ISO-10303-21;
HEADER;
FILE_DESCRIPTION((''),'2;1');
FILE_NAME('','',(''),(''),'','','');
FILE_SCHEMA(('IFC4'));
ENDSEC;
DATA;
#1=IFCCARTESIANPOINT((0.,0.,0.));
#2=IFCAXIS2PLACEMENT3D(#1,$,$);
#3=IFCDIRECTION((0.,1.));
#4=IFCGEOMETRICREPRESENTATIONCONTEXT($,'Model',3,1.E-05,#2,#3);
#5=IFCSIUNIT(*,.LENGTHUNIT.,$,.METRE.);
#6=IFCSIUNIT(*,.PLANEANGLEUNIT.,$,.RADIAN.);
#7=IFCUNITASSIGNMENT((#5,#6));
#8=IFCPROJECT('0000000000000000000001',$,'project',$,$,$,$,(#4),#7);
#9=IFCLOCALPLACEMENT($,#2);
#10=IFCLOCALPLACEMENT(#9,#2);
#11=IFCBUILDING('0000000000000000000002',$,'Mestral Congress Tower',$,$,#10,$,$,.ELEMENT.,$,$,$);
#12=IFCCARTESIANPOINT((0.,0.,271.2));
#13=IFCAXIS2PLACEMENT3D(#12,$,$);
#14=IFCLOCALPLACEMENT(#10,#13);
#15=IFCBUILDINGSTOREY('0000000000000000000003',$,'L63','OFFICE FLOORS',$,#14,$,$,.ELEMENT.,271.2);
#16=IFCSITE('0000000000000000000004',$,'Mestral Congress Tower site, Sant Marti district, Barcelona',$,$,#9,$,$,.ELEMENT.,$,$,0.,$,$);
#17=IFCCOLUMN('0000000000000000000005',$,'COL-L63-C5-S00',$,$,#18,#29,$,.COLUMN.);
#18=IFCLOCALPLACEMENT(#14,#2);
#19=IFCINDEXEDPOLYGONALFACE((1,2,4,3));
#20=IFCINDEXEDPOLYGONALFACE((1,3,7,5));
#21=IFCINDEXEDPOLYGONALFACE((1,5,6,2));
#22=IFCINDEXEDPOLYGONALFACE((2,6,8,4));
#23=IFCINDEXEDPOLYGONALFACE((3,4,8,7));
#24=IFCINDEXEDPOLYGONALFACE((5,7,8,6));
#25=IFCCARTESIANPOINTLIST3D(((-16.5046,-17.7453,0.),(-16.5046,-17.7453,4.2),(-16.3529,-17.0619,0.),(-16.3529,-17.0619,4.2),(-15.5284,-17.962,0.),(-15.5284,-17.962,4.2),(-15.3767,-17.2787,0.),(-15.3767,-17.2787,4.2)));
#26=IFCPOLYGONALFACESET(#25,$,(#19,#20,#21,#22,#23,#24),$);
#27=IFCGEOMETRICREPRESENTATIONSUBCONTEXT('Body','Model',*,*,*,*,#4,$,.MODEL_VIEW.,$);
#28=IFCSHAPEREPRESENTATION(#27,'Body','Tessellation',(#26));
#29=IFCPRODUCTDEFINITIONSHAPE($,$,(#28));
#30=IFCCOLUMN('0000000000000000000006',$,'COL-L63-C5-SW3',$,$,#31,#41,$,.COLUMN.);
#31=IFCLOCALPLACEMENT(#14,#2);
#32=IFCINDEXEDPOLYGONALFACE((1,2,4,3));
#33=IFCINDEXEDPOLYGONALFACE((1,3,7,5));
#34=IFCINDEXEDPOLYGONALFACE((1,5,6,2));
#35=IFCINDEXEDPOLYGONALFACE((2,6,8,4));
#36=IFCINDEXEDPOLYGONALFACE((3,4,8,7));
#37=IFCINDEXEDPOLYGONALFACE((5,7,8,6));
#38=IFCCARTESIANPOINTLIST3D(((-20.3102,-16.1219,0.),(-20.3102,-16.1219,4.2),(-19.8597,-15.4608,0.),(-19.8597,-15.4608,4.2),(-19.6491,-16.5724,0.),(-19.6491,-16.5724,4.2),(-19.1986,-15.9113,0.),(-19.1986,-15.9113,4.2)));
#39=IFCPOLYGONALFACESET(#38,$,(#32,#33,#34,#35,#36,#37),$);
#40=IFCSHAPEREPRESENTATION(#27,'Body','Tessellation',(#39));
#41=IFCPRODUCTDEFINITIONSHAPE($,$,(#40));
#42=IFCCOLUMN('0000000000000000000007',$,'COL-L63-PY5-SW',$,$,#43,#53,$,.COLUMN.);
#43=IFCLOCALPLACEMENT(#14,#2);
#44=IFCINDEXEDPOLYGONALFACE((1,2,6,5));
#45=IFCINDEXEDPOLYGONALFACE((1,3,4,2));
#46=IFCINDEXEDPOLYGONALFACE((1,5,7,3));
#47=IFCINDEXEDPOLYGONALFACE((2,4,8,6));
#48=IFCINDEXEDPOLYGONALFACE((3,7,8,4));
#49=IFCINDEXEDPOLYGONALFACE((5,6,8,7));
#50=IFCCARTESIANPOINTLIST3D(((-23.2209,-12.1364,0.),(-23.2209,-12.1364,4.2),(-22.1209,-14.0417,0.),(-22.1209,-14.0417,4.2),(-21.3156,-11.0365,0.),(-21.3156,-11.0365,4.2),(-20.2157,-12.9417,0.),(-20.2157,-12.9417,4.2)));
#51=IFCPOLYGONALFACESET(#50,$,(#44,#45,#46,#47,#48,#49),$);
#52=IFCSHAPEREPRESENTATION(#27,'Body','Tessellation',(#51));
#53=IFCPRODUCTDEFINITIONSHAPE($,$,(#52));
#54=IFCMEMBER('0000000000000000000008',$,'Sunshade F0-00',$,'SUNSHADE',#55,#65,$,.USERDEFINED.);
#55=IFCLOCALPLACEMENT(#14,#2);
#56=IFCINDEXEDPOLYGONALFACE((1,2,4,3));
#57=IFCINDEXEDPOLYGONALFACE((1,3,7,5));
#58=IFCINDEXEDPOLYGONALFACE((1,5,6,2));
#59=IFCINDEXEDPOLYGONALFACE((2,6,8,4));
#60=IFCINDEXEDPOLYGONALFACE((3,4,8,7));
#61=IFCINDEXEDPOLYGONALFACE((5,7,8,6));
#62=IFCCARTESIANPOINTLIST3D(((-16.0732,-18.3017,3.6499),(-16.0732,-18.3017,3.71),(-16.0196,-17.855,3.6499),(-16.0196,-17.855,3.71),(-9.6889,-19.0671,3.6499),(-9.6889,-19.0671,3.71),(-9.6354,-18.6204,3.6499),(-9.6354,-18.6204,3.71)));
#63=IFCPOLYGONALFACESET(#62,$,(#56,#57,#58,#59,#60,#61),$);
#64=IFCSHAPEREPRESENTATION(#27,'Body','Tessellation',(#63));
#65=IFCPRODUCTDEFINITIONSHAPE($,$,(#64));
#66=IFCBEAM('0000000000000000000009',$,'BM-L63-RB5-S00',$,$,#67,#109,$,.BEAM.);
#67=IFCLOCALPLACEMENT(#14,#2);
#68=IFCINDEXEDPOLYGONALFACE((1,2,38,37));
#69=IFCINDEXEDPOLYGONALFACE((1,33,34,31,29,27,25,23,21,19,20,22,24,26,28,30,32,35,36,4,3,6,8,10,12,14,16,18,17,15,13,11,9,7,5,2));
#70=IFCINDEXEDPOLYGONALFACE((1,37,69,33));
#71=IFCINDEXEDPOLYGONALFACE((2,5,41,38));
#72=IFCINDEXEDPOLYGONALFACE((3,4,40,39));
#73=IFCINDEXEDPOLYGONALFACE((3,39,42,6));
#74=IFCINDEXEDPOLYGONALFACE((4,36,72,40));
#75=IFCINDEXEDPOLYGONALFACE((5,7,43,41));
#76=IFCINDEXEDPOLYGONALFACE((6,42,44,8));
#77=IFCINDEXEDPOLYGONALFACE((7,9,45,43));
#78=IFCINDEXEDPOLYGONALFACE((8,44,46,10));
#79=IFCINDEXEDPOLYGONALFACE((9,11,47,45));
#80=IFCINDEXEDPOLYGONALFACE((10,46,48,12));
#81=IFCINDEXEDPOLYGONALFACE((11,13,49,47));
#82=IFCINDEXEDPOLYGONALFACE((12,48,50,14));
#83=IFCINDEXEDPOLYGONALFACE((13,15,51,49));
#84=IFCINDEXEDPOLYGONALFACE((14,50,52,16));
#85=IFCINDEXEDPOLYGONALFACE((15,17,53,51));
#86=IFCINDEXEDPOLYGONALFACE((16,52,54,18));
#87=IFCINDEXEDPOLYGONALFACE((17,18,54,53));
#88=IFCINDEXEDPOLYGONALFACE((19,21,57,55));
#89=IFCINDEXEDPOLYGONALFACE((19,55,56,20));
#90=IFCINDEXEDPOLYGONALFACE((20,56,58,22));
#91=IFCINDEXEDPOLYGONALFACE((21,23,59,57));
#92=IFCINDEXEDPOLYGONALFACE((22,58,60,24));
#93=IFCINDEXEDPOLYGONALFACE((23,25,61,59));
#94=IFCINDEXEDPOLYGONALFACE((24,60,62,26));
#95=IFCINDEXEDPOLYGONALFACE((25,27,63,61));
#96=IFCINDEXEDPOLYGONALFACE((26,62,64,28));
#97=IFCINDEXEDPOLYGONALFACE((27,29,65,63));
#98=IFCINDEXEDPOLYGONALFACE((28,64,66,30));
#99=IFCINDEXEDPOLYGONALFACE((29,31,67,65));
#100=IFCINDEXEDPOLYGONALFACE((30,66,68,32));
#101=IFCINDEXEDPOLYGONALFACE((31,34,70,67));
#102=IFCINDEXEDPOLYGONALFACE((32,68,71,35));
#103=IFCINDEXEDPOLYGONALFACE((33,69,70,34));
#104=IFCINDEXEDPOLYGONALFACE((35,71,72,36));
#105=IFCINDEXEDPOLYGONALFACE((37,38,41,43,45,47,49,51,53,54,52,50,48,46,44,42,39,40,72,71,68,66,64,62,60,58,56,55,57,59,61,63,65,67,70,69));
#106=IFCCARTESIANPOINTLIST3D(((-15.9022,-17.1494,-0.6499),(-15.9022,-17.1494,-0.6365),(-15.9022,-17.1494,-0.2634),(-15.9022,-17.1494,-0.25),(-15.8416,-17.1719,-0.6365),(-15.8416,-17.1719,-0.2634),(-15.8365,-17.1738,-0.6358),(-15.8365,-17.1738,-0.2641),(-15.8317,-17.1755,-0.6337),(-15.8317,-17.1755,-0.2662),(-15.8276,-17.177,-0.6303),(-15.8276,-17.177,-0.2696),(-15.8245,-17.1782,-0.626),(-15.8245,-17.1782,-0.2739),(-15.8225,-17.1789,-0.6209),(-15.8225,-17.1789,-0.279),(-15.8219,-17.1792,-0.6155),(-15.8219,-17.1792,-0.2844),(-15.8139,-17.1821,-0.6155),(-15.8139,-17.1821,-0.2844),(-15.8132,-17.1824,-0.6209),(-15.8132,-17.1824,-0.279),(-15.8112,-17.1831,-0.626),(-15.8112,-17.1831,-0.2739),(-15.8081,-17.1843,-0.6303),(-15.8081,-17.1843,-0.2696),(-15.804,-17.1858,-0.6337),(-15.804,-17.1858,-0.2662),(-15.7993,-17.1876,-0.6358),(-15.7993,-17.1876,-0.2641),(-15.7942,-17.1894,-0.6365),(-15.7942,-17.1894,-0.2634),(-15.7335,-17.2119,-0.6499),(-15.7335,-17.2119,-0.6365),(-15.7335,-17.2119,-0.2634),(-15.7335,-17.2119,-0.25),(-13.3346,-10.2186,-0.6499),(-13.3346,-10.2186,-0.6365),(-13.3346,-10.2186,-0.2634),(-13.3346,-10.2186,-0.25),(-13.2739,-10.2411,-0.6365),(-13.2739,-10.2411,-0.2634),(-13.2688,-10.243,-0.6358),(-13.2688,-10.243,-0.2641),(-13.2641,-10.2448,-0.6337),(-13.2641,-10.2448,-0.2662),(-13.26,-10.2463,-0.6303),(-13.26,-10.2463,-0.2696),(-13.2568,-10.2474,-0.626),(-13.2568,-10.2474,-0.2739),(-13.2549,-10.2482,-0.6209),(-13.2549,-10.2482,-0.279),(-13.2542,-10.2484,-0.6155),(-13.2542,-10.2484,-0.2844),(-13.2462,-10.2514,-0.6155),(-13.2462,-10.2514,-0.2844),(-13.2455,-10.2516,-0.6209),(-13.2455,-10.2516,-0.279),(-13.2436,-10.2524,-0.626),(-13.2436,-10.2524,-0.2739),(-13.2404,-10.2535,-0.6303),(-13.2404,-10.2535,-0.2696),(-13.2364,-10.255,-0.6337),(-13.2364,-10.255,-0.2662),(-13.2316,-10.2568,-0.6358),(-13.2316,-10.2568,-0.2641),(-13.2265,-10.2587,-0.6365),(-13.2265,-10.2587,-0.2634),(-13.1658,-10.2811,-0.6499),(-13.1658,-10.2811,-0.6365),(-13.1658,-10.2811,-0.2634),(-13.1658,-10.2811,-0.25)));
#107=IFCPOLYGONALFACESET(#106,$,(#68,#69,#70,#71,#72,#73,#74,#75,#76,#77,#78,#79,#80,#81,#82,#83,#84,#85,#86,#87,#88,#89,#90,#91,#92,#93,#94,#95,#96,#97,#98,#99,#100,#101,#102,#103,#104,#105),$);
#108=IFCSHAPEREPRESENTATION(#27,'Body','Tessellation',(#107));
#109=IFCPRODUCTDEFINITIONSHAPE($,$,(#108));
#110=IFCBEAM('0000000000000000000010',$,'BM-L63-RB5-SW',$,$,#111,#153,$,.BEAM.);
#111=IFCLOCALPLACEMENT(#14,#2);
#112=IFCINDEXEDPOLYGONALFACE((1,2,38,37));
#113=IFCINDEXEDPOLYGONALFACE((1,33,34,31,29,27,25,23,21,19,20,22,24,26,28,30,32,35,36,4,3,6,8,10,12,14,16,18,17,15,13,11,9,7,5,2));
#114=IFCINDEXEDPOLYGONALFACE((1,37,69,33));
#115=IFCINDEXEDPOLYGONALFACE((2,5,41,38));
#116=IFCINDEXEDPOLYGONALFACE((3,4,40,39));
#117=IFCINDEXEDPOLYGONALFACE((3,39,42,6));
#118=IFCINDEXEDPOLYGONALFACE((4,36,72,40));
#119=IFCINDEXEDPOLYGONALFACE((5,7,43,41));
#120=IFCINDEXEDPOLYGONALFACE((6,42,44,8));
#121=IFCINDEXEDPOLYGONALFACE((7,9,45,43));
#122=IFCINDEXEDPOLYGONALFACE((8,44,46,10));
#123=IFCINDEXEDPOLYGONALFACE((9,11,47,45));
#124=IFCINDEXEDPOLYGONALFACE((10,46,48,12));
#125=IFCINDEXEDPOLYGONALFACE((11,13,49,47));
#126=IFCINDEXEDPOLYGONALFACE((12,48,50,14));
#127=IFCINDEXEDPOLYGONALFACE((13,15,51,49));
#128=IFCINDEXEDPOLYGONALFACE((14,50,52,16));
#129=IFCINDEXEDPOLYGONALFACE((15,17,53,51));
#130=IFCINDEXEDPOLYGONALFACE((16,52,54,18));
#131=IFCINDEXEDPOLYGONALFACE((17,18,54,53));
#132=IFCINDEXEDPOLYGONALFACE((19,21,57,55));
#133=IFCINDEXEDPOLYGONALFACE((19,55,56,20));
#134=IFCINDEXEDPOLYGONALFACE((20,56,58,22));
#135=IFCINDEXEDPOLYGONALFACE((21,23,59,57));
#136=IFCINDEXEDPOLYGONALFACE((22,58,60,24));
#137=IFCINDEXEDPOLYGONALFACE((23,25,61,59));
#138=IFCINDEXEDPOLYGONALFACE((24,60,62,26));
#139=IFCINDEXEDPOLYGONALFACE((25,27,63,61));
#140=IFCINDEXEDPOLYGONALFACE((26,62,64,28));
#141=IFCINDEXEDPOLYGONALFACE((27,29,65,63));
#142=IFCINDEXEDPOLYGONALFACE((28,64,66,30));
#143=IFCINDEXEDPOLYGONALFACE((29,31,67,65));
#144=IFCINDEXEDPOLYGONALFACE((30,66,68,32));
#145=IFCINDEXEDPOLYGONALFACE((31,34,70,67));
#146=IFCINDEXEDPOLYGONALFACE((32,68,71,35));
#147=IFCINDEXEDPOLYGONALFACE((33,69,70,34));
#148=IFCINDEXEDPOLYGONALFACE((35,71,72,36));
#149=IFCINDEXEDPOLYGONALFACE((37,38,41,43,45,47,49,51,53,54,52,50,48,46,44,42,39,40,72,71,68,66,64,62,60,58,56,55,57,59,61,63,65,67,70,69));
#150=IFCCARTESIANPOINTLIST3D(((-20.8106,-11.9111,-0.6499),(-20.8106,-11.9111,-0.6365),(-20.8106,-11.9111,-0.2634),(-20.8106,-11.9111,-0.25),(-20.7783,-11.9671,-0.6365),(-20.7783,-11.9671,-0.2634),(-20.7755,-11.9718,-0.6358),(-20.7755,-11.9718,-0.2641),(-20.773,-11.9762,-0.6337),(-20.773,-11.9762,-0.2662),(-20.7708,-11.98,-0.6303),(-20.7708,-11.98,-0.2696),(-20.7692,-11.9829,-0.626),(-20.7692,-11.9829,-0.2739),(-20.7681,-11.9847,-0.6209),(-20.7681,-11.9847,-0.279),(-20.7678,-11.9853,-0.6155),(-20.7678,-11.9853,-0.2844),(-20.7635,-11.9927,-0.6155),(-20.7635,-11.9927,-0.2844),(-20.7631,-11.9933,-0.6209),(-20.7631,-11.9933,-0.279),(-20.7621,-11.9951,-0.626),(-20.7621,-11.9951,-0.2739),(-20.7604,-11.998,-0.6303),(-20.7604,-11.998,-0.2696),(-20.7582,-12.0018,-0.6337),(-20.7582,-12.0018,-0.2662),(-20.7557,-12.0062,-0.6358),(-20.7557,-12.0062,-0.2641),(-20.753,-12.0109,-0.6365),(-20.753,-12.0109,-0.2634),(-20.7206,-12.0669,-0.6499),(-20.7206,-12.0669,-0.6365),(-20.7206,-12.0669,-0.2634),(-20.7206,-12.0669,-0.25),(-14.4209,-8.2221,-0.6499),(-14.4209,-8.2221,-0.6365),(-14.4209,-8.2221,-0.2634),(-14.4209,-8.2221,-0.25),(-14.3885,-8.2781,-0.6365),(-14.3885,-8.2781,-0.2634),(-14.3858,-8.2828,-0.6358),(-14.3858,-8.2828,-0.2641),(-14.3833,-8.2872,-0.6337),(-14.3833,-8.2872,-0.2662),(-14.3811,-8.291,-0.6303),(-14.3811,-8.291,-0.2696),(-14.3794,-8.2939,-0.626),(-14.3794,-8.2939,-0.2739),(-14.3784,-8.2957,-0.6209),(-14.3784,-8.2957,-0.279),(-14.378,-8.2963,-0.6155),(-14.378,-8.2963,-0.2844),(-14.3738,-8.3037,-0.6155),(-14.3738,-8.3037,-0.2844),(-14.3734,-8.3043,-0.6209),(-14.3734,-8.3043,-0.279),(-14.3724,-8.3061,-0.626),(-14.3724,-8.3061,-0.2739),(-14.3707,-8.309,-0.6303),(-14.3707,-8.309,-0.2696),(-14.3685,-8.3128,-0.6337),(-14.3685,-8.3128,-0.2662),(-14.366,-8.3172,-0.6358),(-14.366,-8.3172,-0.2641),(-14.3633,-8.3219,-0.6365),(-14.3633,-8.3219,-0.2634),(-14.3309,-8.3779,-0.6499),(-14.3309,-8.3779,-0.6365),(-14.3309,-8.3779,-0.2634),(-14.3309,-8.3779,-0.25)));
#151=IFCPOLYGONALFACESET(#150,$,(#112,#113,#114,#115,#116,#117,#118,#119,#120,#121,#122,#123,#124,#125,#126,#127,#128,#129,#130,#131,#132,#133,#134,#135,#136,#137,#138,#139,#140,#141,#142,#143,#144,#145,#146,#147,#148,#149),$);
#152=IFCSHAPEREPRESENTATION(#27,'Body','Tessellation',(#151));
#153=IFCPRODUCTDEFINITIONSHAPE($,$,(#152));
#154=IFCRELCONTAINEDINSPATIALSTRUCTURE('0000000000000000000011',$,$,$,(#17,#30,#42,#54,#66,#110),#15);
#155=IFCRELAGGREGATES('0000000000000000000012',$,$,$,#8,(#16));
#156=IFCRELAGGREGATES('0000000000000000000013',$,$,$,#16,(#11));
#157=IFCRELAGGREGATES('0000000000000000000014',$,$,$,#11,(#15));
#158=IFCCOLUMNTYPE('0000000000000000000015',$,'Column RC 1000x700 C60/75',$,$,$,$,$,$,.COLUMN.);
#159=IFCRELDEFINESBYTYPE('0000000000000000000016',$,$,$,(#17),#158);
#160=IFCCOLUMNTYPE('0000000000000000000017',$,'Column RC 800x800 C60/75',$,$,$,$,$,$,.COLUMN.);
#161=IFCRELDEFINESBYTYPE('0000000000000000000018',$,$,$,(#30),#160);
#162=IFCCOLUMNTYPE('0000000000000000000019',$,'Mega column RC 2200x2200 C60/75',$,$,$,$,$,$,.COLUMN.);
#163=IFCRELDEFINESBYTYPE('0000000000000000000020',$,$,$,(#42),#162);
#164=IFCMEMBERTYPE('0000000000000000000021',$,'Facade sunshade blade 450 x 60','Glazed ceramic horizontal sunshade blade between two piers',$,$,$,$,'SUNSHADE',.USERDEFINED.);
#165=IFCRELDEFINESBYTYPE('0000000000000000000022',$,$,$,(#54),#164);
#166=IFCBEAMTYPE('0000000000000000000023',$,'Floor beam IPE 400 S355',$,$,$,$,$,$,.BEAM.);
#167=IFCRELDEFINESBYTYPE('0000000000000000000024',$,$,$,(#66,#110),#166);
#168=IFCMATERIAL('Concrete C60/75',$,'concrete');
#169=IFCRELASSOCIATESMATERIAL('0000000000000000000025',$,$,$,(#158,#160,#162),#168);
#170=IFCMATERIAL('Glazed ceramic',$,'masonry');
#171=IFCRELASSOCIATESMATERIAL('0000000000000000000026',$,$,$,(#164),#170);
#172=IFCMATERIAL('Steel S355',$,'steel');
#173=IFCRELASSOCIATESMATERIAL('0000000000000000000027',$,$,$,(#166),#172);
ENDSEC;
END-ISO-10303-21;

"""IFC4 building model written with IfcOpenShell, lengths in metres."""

from ifc_helpers import new_model, si_unit, direction, frame, origin, origin_2d, place, context, subcontext, project, spatial, rectangle, i_section, extrude, material, material_profile, profile_set, type_object, element, save


model = new_model("IFC4")

# Units and contexts
model_context = context("Model", 3, precision=1e-05, world=origin(), true_north=direction((0.0, 1.0)))
body_context = subcontext(model_context, "Body", "Model", "MODEL_VIEW")
ifc_project = project(units=[si_unit("LENGTHUNIT", "METRE"), si_unit("PLANEANGLEUNIT", "RADIAN")], contexts=[model_context])

# Site, building, storey
site_placement = place(None, origin())
site = spatial("IfcSite", under=ifc_project, at=site_placement, Name="Mestral Congress Tower site, Sant Marti district, Barcelona", CompositionType="ELEMENT", RefElevation=0.0)
building_placement = place(site_placement, origin())
building = spatial("IfcBuilding", under=site, at=building_placement, Name="Mestral Congress Tower", CompositionType="ELEMENT")
storey_placement = place(building_placement, frame((0.0, 0.0, 271.2)))
storey = spatial("IfcBuildingStorey", under=building, at=storey_placement, Name="L63", Description="OFFICE FLOORS", CompositionType="ELEMENT", Elevation=271.2)

# Columns
ifc_material_1 = material(Name="Concrete C60/75", Category="concrete")
ifc_material_profile_1 = material_profile(ifc_material_1, rectangle(XDim=1.0, YDim=0.7, at=origin_2d()), Name="RC 1000x700")
ifc_profile_set_1 = profile_set([ifc_material_profile_1], Name="Concrete C60/75")
column_type_1 = type_object("IfcColumnType", Name="Column RC 1000x700 C60/75", PredefinedType="COLUMN", material=ifc_profile_set_1)
column_1_placement = place(storey_placement, frame((-15.9407, -17.512, 0.0), z_axis=(0.0, 0.0, 1.0), x_axis=(0.976234, -0.216721, 0.0)))
element("IfcColumn", 1, at=column_1_placement, inside=storey, type_object=column_type_1, Name="COL-L63-C5-S00", PredefinedType="COLUMN", context=body_context, shape_type="SweptSolid", body=[
    extrude(rectangle(XDim=1.0, YDim=0.7, at=origin_2d()), origin(), (0.0, 0.0, 1.0), 4.2),
])
ifc_material_profile_2 = material_profile(ifc_material_1, rectangle(XDim=0.8, YDim=0.8, at=origin_2d()), Name="RC 800x800")
ifc_profile_set_2 = profile_set([ifc_material_profile_2], Name="Concrete C60/75")
column_type_2 = type_object("IfcColumnType", Name="Column RC 800x800 C60/75", PredefinedType="COLUMN", material=ifc_profile_set_2)
column_2_placement = place(storey_placement, frame((-19.7544, -16.0166, 0.0), z_axis=(0.0, 0.0, 1.0), x_axis=(0.826363, -0.563138, 0.0)))
element("IfcColumn", 2, at=column_2_placement, inside=storey, type_object=column_type_2, Name="COL-L63-C5-SW3", PredefinedType="COLUMN", context=body_context, shape_type="SweptSolid", body=[
    extrude(rectangle(XDim=0.8, YDim=0.8, at=origin_2d()), origin(), (0.0, 0.0, 1.0), 4.2),
])
ifc_material_profile_3 = material_profile(ifc_material_1, rectangle(XDim=2.2, YDim=2.2, at=origin_2d()), Name="RC 2200x2200")
ifc_profile_set_3 = profile_set([ifc_material_profile_3], Name="Concrete C60/75")
column_type_3 = type_object("IfcColumnType", Name="Mega column RC 2200x2200 C60/75", PredefinedType="COLUMN", material=ifc_profile_set_3)
column_3_placement = place(storey_placement, frame((-21.7183, -12.5391, 0.0), z_axis=(0.0, 0.0, 1.0), x_axis=(-0.866025, -0.5, 0.0)))
element("IfcColumn", 3, at=column_3_placement, inside=storey, type_object=column_type_3, Name="COL-L63-PY5-SW", PredefinedType="COLUMN", context=body_context, shape_type="SweptSolid", body=[
    extrude(rectangle(XDim=2.2, YDim=2.2, at=origin_2d()), origin(), (0.0, 0.0, 1.0), 4.2),
])

# Member
ifc_material_2 = material(Name="Glazed ceramic", Category="masonry")
ifc_material_profile_4 = material_profile(ifc_material_2, rectangle(XDim=0.45, YDim=0.0601, at=origin_2d()), Name="Ceramic blade 450 x 60")
ifc_profile_set_4 = profile_set([ifc_material_profile_4], Name="Glazed ceramic")
member_type = type_object("IfcMemberType", Name="Facade sunshade blade 450 x 60", Description="Glazed ceramic horizontal sunshade blade between two piers", ElementType="SUNSHADE", PredefinedType="USERDEFINED", material=ifc_profile_set_4)
member_placement = place(storey_placement, frame((-16.0464, -18.0784, 3.6799), z_axis=(0.99289, -0.119033, 0.0), x_axis=(0.119033, 0.99289, 0.0)))
element("IfcMember", 4, at=member_placement, inside=storey, type_object=member_type, Name="Sunshade F0-00", ObjectType="SUNSHADE", PredefinedType="USERDEFINED", context=body_context, shape_type="SweptSolid", body=[
    extrude(rectangle(XDim=0.45, YDim=0.0601, at=origin_2d()), origin(), (0.0, 0.0, 1.0), 6.4299),
])

# Beams
ifc_material_3 = material(Name="Steel S355", Category="steel")
ifc_material_profile_5 = material_profile(ifc_material_3, i_section(OverallWidth=0.1799, OverallDepth=0.3999, WebThickness=0.0085, FlangeThickness=0.0134, FilletRadius=0.021, at=origin_2d()), Name="IPE 400")
ifc_profile_set_5 = profile_set([ifc_material_profile_5], Name="Steel S355")
beam_type_1 = type_object("IfcBeamType", Name="Floor beam IPE 400 S355", PredefinedType="BEAM", material=ifc_profile_set_5)
beam_1_placement = place(storey_placement, frame((-15.8179, -17.1807, -0.45), z_axis=(0.347399, 0.937717, 0.0), x_axis=(-0.937717, 0.347399, 0.0)))
element("IfcBeam", 5, at=beam_1_placement, inside=storey, type_object=beam_type_1, Name="BM-L63-RB5-S00", PredefinedType="BEAM", context=body_context, shape_type="SweptSolid", body=[
    extrude(i_section(OverallWidth=0.1799, OverallDepth=0.3999, WebThickness=0.0085, FlangeThickness=0.0134, FilletRadius=0.021, at=origin_2d()), origin(), (0.0, 0.0, 1.0), 7.3911),
])
beam_2_placement = place(storey_placement, frame((-20.7656, -11.989, -0.45), z_axis=(0.866031, 0.49999, 0.0), x_axis=(-0.49999, 0.866031, 0.0)))
element("IfcBeam", 6, at=beam_2_placement, inside=storey, type_object=beam_type_1, Name="BM-L63-RB5-SW", PredefinedType="BEAM", context=body_context, shape_type="SweptSolid", body=[
    extrude(i_section(OverallWidth=0.1799, OverallDepth=0.3999, WebThickness=0.0085, FlangeThickness=0.0134, FilletRadius=0.021, at=origin_2d()), origin(), (0.0, 0.0, 1.0), 7.3782),
])

save(model, "model.ifc")
